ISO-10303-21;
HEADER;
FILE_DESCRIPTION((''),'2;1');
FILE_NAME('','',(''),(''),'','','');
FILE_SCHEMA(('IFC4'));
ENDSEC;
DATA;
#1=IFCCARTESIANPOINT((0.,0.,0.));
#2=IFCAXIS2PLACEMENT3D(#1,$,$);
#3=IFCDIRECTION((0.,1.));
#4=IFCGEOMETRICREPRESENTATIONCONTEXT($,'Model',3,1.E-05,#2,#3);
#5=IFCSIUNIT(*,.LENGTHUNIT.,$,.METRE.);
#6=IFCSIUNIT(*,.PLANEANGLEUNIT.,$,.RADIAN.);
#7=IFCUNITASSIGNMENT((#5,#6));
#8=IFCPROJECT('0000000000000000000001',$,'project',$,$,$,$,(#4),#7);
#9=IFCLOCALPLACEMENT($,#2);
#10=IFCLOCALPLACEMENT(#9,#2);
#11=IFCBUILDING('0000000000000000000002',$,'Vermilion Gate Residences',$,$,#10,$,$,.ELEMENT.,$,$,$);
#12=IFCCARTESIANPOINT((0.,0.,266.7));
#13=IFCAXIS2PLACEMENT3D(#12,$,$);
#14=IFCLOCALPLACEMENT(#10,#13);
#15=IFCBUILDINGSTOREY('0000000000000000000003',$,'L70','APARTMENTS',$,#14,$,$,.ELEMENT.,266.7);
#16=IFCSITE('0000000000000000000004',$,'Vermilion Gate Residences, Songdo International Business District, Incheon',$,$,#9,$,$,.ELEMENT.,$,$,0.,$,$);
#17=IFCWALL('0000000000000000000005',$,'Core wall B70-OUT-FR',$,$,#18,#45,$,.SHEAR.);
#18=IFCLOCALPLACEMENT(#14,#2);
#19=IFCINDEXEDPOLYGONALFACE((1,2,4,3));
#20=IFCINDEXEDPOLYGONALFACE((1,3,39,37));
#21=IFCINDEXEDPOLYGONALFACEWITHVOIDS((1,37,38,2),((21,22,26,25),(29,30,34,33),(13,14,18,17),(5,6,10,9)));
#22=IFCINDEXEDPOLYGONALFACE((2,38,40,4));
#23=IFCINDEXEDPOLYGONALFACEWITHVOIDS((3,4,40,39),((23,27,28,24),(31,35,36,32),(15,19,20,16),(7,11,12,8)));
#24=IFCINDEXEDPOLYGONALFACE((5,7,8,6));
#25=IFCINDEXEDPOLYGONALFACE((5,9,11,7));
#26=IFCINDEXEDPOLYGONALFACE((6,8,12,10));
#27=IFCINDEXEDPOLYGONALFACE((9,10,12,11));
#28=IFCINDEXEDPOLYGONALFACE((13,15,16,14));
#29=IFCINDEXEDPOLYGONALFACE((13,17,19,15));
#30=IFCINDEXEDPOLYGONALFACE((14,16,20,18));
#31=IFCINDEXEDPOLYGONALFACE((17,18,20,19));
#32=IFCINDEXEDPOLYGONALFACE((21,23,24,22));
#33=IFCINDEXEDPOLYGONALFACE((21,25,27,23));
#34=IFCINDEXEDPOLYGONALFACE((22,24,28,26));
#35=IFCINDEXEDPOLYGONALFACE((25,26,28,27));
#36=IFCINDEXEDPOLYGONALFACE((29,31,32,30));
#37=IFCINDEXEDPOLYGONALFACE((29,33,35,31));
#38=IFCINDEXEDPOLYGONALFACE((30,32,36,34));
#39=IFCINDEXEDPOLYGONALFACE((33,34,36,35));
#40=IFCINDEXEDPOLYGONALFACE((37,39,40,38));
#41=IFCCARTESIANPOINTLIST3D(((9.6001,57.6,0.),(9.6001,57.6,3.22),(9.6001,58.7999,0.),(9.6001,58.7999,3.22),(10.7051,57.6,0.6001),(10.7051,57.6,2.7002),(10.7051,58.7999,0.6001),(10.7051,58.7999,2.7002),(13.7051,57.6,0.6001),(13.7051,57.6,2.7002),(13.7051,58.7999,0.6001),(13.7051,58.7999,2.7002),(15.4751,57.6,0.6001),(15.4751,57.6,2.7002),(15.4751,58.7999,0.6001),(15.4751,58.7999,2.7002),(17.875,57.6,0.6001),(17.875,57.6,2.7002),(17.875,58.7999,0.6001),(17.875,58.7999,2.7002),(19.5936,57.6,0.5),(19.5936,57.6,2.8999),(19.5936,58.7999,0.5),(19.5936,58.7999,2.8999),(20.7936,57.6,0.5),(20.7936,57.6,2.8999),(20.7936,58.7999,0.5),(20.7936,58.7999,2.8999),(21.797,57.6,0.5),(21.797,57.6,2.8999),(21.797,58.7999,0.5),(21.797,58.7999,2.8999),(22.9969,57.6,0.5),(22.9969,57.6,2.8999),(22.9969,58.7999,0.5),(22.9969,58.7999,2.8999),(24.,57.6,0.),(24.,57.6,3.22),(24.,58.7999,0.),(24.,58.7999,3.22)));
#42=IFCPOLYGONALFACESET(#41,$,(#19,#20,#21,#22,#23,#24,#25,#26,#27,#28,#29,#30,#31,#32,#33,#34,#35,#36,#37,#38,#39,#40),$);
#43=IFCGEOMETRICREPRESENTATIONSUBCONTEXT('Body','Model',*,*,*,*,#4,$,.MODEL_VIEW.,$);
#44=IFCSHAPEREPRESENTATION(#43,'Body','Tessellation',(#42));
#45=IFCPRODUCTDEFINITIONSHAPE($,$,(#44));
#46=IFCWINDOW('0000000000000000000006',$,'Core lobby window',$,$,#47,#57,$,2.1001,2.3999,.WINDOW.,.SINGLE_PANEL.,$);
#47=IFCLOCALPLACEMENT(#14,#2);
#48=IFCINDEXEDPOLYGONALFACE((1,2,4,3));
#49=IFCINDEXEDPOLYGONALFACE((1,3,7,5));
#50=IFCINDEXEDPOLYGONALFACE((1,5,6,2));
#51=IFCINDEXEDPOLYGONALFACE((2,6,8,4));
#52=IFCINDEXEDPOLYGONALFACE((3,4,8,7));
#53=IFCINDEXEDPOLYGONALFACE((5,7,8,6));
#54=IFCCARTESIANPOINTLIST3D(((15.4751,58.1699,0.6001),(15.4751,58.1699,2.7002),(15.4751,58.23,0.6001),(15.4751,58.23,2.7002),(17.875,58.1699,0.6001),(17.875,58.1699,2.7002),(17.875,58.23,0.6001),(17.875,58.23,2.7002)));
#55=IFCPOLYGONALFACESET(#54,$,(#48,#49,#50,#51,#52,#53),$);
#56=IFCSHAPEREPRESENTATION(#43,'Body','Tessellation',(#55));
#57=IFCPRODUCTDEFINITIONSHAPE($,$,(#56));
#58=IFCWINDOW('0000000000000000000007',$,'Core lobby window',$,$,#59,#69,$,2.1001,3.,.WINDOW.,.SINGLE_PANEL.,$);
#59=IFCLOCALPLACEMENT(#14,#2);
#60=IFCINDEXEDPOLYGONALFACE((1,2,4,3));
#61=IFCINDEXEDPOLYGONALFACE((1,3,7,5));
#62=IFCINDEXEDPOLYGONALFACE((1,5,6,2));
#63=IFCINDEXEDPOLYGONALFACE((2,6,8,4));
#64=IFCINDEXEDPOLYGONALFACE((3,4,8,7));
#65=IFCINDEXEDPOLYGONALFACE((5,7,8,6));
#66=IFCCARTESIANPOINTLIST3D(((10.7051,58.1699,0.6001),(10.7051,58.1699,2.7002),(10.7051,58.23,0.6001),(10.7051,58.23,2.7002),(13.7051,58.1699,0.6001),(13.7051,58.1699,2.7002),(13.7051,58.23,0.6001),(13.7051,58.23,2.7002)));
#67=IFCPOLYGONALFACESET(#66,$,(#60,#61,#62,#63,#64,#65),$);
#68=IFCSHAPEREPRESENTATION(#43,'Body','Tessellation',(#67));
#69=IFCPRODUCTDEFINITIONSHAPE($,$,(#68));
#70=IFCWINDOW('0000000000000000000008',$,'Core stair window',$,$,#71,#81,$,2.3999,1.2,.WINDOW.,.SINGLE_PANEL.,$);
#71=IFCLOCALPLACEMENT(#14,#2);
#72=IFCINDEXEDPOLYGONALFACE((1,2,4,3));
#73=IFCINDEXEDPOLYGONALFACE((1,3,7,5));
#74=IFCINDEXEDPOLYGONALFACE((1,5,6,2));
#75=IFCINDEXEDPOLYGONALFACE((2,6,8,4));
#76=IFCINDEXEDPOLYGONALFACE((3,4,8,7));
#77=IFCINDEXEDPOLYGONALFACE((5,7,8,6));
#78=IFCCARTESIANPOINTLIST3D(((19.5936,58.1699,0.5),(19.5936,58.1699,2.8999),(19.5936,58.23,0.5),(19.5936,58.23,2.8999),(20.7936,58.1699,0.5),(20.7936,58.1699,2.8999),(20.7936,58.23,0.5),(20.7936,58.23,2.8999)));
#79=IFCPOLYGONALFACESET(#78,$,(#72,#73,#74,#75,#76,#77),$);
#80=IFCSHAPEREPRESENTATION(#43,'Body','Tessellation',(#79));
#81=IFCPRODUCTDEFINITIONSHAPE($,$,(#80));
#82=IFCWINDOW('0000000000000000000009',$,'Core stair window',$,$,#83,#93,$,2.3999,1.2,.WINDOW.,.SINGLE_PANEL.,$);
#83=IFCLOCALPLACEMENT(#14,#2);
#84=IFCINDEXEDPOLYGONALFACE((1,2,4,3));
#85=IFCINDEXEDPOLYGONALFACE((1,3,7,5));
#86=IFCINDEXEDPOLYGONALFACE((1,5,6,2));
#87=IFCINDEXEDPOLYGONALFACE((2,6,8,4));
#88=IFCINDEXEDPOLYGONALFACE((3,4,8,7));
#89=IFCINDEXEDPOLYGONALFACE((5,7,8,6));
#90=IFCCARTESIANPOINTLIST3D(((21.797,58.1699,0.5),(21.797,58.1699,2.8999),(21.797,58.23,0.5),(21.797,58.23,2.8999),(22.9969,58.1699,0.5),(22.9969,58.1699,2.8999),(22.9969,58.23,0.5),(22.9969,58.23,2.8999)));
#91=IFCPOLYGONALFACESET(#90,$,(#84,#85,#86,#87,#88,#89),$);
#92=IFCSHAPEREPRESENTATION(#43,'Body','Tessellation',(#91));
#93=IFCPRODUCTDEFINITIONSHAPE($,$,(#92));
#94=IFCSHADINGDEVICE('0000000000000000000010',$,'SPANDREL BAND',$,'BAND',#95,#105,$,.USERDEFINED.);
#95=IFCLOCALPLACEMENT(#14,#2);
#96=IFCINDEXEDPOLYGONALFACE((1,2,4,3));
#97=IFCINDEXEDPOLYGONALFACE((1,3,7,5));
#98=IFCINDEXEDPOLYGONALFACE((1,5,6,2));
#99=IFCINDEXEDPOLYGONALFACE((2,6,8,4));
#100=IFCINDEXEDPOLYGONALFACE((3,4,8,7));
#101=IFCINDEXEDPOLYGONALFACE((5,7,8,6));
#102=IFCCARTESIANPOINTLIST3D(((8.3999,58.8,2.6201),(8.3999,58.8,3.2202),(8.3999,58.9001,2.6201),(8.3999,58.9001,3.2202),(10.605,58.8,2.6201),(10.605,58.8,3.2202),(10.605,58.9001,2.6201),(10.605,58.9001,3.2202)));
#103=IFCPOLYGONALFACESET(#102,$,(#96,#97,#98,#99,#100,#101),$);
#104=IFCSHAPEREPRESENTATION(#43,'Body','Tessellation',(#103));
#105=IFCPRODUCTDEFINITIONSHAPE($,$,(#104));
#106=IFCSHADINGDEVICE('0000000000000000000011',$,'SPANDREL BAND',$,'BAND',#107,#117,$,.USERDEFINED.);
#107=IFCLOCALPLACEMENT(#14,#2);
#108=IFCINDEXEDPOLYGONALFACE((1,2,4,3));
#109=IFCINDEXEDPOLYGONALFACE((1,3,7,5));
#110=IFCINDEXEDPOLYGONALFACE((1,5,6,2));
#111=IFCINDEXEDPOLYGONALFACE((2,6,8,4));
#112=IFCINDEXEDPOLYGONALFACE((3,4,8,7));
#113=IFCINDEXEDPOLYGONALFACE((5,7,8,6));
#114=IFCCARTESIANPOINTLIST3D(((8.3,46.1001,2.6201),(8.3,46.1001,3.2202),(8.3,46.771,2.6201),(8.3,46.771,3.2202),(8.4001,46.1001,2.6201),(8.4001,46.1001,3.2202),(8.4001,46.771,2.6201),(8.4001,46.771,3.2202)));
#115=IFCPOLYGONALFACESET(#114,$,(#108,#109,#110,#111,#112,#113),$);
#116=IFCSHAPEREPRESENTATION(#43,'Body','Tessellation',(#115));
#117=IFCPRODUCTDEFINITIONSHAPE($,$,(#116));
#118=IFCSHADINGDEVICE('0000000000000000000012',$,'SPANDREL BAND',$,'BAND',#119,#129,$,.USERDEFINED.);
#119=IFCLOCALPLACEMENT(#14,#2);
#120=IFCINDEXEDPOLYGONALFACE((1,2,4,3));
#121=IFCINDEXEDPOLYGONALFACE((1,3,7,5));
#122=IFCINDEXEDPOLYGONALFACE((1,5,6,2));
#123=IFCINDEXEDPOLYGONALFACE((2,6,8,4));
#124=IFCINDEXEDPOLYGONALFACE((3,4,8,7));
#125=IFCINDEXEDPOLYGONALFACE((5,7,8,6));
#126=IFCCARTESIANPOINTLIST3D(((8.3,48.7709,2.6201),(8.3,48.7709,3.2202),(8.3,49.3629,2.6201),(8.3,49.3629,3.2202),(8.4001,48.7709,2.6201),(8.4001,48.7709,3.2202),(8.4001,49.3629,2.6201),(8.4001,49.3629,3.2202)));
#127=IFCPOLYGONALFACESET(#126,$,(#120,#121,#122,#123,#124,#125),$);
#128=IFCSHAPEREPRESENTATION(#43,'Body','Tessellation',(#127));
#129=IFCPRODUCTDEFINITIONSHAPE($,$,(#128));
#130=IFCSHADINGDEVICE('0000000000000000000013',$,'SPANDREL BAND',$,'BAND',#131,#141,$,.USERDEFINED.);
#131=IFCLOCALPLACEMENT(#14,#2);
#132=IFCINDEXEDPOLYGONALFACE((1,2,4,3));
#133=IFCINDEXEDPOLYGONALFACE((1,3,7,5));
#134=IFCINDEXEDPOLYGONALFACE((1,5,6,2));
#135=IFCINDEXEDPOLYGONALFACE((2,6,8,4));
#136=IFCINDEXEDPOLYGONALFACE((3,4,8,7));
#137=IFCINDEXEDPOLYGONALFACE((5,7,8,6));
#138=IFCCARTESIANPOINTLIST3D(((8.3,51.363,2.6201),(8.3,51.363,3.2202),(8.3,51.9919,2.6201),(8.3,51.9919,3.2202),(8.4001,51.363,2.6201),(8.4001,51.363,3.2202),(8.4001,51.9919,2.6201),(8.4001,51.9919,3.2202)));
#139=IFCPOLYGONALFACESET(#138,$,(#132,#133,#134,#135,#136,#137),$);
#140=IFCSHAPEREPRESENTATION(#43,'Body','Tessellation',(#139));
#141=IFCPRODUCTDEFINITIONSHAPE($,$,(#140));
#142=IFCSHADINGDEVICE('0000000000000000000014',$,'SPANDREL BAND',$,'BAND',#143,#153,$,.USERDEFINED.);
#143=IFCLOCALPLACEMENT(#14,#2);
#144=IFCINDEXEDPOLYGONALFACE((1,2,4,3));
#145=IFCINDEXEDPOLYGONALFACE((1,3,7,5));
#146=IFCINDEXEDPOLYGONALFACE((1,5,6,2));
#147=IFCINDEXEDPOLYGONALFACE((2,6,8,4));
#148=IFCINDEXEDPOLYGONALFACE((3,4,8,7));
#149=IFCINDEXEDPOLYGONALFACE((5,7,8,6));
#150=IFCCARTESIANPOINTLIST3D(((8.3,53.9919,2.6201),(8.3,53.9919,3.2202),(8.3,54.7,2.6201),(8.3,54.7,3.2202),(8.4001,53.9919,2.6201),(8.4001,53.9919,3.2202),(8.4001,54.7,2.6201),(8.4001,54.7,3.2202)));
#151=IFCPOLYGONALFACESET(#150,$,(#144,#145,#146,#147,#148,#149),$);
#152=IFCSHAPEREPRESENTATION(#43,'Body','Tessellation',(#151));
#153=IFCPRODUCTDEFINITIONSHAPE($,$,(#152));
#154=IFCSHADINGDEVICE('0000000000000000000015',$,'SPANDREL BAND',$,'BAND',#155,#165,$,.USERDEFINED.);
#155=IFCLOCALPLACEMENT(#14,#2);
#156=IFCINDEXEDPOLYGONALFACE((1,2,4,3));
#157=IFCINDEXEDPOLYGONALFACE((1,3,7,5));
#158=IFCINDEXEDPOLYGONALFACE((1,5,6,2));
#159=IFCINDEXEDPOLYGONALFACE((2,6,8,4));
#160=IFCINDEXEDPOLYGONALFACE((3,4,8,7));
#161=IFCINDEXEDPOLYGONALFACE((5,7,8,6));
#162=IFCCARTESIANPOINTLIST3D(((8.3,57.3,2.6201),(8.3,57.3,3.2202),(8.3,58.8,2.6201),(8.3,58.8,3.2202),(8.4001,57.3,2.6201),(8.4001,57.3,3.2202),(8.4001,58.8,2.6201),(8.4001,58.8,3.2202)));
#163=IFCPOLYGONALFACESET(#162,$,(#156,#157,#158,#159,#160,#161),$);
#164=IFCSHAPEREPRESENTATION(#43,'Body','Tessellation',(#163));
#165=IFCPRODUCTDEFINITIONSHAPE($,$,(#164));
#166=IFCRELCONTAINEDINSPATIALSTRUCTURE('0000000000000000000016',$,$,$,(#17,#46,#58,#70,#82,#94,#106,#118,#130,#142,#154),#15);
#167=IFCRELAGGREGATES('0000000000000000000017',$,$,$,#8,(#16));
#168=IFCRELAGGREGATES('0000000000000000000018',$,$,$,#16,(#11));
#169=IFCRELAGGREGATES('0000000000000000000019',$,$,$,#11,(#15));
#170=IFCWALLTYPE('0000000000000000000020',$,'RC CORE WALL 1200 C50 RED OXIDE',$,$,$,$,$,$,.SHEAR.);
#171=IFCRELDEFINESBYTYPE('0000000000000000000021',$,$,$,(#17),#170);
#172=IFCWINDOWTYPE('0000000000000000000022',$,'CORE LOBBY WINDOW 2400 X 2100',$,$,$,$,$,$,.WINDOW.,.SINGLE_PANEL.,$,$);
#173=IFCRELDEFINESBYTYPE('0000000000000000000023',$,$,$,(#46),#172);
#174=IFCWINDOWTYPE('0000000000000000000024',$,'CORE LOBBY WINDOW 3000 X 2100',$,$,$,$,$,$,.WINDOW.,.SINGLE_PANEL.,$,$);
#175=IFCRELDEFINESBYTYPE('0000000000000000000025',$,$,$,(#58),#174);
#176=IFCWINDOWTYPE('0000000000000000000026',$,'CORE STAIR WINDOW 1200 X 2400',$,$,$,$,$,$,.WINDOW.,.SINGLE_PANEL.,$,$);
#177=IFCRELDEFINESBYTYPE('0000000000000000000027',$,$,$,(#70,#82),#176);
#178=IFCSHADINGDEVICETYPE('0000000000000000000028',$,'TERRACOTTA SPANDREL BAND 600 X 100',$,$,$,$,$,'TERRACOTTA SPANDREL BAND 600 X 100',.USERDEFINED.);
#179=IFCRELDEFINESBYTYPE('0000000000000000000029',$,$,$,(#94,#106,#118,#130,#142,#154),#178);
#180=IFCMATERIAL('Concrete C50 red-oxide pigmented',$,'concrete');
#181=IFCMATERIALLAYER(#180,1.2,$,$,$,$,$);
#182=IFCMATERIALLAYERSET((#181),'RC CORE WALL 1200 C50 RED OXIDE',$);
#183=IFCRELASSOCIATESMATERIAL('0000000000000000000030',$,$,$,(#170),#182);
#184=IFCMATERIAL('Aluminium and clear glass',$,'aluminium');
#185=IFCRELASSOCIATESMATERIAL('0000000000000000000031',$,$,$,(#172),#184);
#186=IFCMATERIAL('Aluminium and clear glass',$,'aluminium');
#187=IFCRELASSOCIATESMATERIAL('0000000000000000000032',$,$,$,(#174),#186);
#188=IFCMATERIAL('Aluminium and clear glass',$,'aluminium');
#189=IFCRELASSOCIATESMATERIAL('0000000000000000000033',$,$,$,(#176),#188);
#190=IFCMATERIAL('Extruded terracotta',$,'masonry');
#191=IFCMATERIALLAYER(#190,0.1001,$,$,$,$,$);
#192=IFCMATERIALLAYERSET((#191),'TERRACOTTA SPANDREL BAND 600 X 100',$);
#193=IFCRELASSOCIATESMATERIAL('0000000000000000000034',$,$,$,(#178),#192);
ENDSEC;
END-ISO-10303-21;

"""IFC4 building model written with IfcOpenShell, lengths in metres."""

from ifc_helpers import new_model, si_unit, direction, frame, frame_2d, origin, origin_2d, place, context, subcontext, project, spatial, rectangle, extrude, material, layer, layer_set, type_object, element, fill, save


model = new_model("IFC4")

# Units and contexts
model_context = context("Model", 3, precision=1e-05, world=origin(), true_north=direction((0.0, 1.0)))
body_context = subcontext(model_context, "Body", "Model", "MODEL_VIEW")
ifc_project = project(units=[si_unit("LENGTHUNIT", "METRE"), si_unit("PLANEANGLEUNIT", "RADIAN")], contexts=[model_context])

# Site, building, storey
site_placement = place(None, origin())
site = spatial("IfcSite", under=ifc_project, at=site_placement, Name="Vermilion Gate Residences, Songdo International Business District, Incheon", CompositionType="ELEMENT", RefElevation=0.0)
building_placement = place(site_placement, origin())
building = spatial("IfcBuilding", under=site, at=building_placement, Name="Vermilion Gate Residences", CompositionType="ELEMENT")
storey_placement = place(building_placement, frame((0.0, 0.0, 266.7)))
storey = spatial("IfcBuildingStorey", under=building, at=storey_placement, Name="L70", Description="APARTMENTS", CompositionType="ELEMENT", Elevation=266.7)

# Wall, openings, windows
ifc_material_1 = material(Name="Concrete C50 red-oxide pigmented", Category="concrete")
ifc_layer_1 = layer(ifc_material_1, 1.2)
ifc_layer_set_1 = layer_set([ifc_layer_1], Name="RC CORE WALL 1200 C50 RED OXIDE")
wall_type_1 = type_object("IfcWallType", Name="RC CORE WALL 1200 C50 RED OXIDE", PredefinedType="SHEAR", material=ifc_layer_set_1)
ifc_material_2 = material(Name="Aluminium and clear glass", Category="aluminium")
window_type_1 = type_object("IfcWindowType", Name="CORE LOBBY WINDOW 2400 X 2100", PartitioningType="SINGLE_PANEL", PredefinedType="WINDOW", material=ifc_material_2)
wall_1_placement = place(storey_placement, frame((9.6001, 58.2, 0.0), z_axis=(0.0, 0.0, 1.0), x_axis=(1.0, 0.0, 0.0)))
wall_1 = element("IfcWall", 1, at=wall_1_placement, inside=storey, type_object=wall_type_1, Name="Core wall B70-OUT-FR", PredefinedType="SHEAR", context=body_context, shape_type="SweptSolid", body=[
    extrude(rectangle(XDim=14.3999, YDim=1.2, at=frame_2d((7.2, 0.0))), origin(), (0.0, 0.0, 1.0), 3.22),
])
opening_1_placement = place(wall_1_placement, frame((1.105, 0.0, 0.6001)))
opening_1 = element("IfcOpeningElement", 2, at=opening_1_placement, cuts=wall_1, PredefinedType="OPENING", context=body_context, shape_type="SweptSolid", body=[
    extrude(rectangle(XDim=3.0, YDim=2.1001, at=frame_2d((1.5, 1.05))), frame((0.0, 0.6099, 0.0), z_axis=(0.0, -1.0, 0.0), x_axis=(1.0, 0.0, 0.0)), (0.0, 0.0, 1.0), 1.22),
])
opening_2_placement = place(wall_1_placement, frame((5.875, 0.0, 0.6001)))
opening_2 = element("IfcOpeningElement", 3, at=opening_2_placement, cuts=wall_1, PredefinedType="OPENING", context=body_context, shape_type="SweptSolid", body=[
    extrude(rectangle(XDim=2.3999, YDim=2.1001, at=frame_2d((1.2, 1.05))), frame((0.0, 0.6099, 0.0), z_axis=(0.0, -1.0, 0.0), x_axis=(1.0, 0.0, 0.0)), (0.0, 0.0, 1.0), 1.22),
])
opening_3_placement = place(wall_1_placement, frame((9.9934, 0.0, 0.5)))
opening_3 = element("IfcOpeningElement", 4, at=opening_3_placement, cuts=wall_1, PredefinedType="OPENING", context=body_context, shape_type="SweptSolid", body=[
    extrude(rectangle(XDim=1.2, YDim=2.3999, at=frame_2d((0.6001, 1.2))), frame((0.0, 0.6099, 0.0), z_axis=(0.0, -1.0, 0.0), x_axis=(1.0, 0.0, 0.0)), (0.0, 0.0, 1.0), 1.22),
])
opening_4_placement = place(wall_1_placement, frame((12.1968, 0.0, 0.5)))
opening_4 = element("IfcOpeningElement", 5, at=opening_4_placement, cuts=wall_1, PredefinedType="OPENING", context=body_context, shape_type="SweptSolid", body=[
    extrude(rectangle(XDim=1.2, YDim=2.3999, at=frame_2d((0.6001, 1.2))), frame((0.0, 0.6099, 0.0), z_axis=(0.0, -1.0, 0.0), x_axis=(1.0, 0.0, 0.0)), (0.0, 0.0, 1.0), 1.22),
])
window_1_placement = place(opening_2_placement, origin())
window_1 = element("IfcWindow", 6, at=window_1_placement, inside=storey, type_object=window_type_1, Name="Core lobby window", OverallHeight=2.1001, OverallWidth=2.3999, PartitioningType="SINGLE_PANEL", PredefinedType="WINDOW", context=body_context, shape_type="SweptSolid", body=[
    extrude(rectangle(XDim=2.3999, YDim=2.1001, at=frame_2d((1.2, 1.05))), frame((0.0, 0.03, 0.0), z_axis=(0.0, -1.0, 0.0), x_axis=(1.0, 0.0, 0.0)), (0.0, 0.0, 1.0), 0.0601),
])
fill(opening_2, window_1)
ifc_material_3 = material(Name="Aluminium and clear glass", Category="aluminium")
window_type_2 = type_object("IfcWindowType", Name="CORE LOBBY WINDOW 3000 X 2100", PartitioningType="SINGLE_PANEL", PredefinedType="WINDOW", material=ifc_material_3)
window_2_placement = place(opening_1_placement, origin())
window_2 = element("IfcWindow", 7, at=window_2_placement, inside=storey, type_object=window_type_2, Name="Core lobby window", OverallHeight=2.1001, OverallWidth=3.0, PartitioningType="SINGLE_PANEL", PredefinedType="WINDOW", context=body_context, shape_type="SweptSolid", body=[
    extrude(rectangle(XDim=3.0, YDim=2.1001, at=frame_2d((1.5, 1.05))), frame((0.0, 0.03, 0.0), z_axis=(0.0, -1.0, 0.0), x_axis=(1.0, 0.0, 0.0)), (0.0, 0.0, 1.0), 0.0601),
])
fill(opening_1, window_2)
ifc_material_4 = material(Name="Aluminium and clear glass", Category="aluminium")
window_type_3 = type_object("IfcWindowType", Name="CORE STAIR WINDOW 1200 X 2400", PartitioningType="SINGLE_PANEL", PredefinedType="WINDOW", material=ifc_material_4)
window_3_placement = place(opening_3_placement, origin())
window_3 = element("IfcWindow", 8, at=window_3_placement, inside=storey, type_object=window_type_3, Name="Core stair window", OverallHeight=2.3999, OverallWidth=1.2, PartitioningType="SINGLE_PANEL", PredefinedType="WINDOW", context=body_context, shape_type="SweptSolid", body=[
    extrude(rectangle(XDim=1.2, YDim=2.3999, at=frame_2d((0.6001, 1.2))), frame((0.0, 0.03, 0.0), z_axis=(0.0, -1.0, 0.0), x_axis=(1.0, 0.0, 0.0)), (0.0, 0.0, 1.0), 0.0601),
])
fill(opening_3, window_3)
window_4_placement = place(opening_4_placement, origin())
window_4 = element("IfcWindow", 9, at=window_4_placement, inside=storey, type_object=window_type_3, Name="Core stair window", OverallHeight=2.3999, OverallWidth=1.2, PartitioningType="SINGLE_PANEL", PredefinedType="WINDOW", context=body_context, shape_type="SweptSolid", body=[
    extrude(rectangle(XDim=1.2, YDim=2.3999, at=frame_2d((0.6001, 1.2))), frame((0.0, 0.03, 0.0), z_axis=(0.0, -1.0, 0.0), x_axis=(1.0, 0.0, 0.0)), (0.0, 0.0, 1.0), 0.0601),
])
fill(opening_4, window_4)

# Shading devices
ifc_material_5 = material(Name="Extruded terracotta", Category="masonry")
ifc_layer_2 = layer(ifc_material_5, 0.1001)
ifc_layer_set_2 = layer_set([ifc_layer_2], Name="TERRACOTTA SPANDREL BAND 600 X 100")
shading_device_type = type_object("IfcShadingDeviceType", Name="TERRACOTTA SPANDREL BAND 600 X 100", ElementType="TERRACOTTA SPANDREL BAND 600 X 100", PredefinedType="USERDEFINED", material=ifc_layer_set_2)
shading_device_1_placement = place(storey_placement, frame((9.5024, 58.8501, 2.6201), z_axis=(0.0, 0.0, 1.0), x_axis=(1.0, 0.0, 0.0)))
element("IfcShadingDevice", 10, at=shading_device_1_placement, inside=storey, type_object=shading_device_type, Name="SPANDREL BAND", ObjectType="BAND", PredefinedType="USERDEFINED", context=body_context, shape_type="SweptSolid", body=[
    extrude(rectangle(XDim=2.2051, YDim=0.1001, at=origin_2d()), origin(), (0.0, 0.0, 1.0), 0.6001),
])
shading_device_2_placement = place(storey_placement, frame((8.3501, 46.4355, 2.6201), z_axis=(0.0, 0.0, 1.0), x_axis=(0.0, 1.0, 0.0)))
element("IfcShadingDevice", 11, at=shading_device_2_placement, inside=storey, type_object=shading_device_type, Name="SPANDREL BAND", ObjectType="BAND", PredefinedType="USERDEFINED", context=body_context, shape_type="SweptSolid", body=[
    extrude(rectangle(XDim=0.6709, YDim=0.1001, at=origin_2d()), origin(), (0.0, 0.0, 1.0), 0.6001),
])
shading_device_3_placement = place(storey_placement, frame((8.3501, 49.0669, 2.6201), z_axis=(0.0, 0.0, 1.0), x_axis=(0.0, 1.0, 0.0)))
element("IfcShadingDevice", 12, at=shading_device_3_placement, inside=storey, type_object=shading_device_type, Name="SPANDREL BAND", ObjectType="BAND", PredefinedType="USERDEFINED", context=body_context, shape_type="SweptSolid", body=[
    extrude(rectangle(XDim=0.592, YDim=0.1001, at=origin_2d()), origin(), (0.0, 0.0, 1.0), 0.6001),
])
shading_device_4_placement = place(storey_placement, frame((8.3501, 51.6775, 2.6201), z_axis=(0.0, 0.0, 1.0), x_axis=(0.0, 1.0, 0.0)))
element("IfcShadingDevice", 13, at=shading_device_4_placement, inside=storey, type_object=shading_device_type, Name="SPANDREL BAND", ObjectType="BAND", PredefinedType="USERDEFINED", context=body_context, shape_type="SweptSolid", body=[
    extrude(rectangle(XDim=0.6289, YDim=0.1001, at=origin_2d()), origin(), (0.0, 0.0, 1.0), 0.6001),
])
shading_device_5_placement = place(storey_placement, frame((8.3501, 54.3459, 2.6201), z_axis=(0.0, 0.0, 1.0), x_axis=(0.0, 1.0, 0.0)))
element("IfcShadingDevice", 14, at=shading_device_5_placement, inside=storey, type_object=shading_device_type, Name="SPANDREL BAND", ObjectType="BAND", PredefinedType="USERDEFINED", context=body_context, shape_type="SweptSolid", body=[
    extrude(rectangle(XDim=0.708, YDim=0.1001, at=origin_2d()), origin(), (0.0, 0.0, 1.0), 0.6001),
])
shading_device_6_placement = place(storey_placement, frame((8.3501, 58.05, 2.6201), z_axis=(0.0, 0.0, 1.0), x_axis=(0.0, 1.0, 0.0)))
element("IfcShadingDevice", 15, at=shading_device_6_placement, inside=storey, type_object=shading_device_type, Name="SPANDREL BAND", ObjectType="BAND", PredefinedType="USERDEFINED", context=body_context, shape_type="SweptSolid", body=[
    extrude(rectangle(XDim=1.5, YDim=0.1001, at=origin_2d()), origin(), (0.0, 0.0, 1.0), 0.6001),
])

save(model, "model.ifc")
